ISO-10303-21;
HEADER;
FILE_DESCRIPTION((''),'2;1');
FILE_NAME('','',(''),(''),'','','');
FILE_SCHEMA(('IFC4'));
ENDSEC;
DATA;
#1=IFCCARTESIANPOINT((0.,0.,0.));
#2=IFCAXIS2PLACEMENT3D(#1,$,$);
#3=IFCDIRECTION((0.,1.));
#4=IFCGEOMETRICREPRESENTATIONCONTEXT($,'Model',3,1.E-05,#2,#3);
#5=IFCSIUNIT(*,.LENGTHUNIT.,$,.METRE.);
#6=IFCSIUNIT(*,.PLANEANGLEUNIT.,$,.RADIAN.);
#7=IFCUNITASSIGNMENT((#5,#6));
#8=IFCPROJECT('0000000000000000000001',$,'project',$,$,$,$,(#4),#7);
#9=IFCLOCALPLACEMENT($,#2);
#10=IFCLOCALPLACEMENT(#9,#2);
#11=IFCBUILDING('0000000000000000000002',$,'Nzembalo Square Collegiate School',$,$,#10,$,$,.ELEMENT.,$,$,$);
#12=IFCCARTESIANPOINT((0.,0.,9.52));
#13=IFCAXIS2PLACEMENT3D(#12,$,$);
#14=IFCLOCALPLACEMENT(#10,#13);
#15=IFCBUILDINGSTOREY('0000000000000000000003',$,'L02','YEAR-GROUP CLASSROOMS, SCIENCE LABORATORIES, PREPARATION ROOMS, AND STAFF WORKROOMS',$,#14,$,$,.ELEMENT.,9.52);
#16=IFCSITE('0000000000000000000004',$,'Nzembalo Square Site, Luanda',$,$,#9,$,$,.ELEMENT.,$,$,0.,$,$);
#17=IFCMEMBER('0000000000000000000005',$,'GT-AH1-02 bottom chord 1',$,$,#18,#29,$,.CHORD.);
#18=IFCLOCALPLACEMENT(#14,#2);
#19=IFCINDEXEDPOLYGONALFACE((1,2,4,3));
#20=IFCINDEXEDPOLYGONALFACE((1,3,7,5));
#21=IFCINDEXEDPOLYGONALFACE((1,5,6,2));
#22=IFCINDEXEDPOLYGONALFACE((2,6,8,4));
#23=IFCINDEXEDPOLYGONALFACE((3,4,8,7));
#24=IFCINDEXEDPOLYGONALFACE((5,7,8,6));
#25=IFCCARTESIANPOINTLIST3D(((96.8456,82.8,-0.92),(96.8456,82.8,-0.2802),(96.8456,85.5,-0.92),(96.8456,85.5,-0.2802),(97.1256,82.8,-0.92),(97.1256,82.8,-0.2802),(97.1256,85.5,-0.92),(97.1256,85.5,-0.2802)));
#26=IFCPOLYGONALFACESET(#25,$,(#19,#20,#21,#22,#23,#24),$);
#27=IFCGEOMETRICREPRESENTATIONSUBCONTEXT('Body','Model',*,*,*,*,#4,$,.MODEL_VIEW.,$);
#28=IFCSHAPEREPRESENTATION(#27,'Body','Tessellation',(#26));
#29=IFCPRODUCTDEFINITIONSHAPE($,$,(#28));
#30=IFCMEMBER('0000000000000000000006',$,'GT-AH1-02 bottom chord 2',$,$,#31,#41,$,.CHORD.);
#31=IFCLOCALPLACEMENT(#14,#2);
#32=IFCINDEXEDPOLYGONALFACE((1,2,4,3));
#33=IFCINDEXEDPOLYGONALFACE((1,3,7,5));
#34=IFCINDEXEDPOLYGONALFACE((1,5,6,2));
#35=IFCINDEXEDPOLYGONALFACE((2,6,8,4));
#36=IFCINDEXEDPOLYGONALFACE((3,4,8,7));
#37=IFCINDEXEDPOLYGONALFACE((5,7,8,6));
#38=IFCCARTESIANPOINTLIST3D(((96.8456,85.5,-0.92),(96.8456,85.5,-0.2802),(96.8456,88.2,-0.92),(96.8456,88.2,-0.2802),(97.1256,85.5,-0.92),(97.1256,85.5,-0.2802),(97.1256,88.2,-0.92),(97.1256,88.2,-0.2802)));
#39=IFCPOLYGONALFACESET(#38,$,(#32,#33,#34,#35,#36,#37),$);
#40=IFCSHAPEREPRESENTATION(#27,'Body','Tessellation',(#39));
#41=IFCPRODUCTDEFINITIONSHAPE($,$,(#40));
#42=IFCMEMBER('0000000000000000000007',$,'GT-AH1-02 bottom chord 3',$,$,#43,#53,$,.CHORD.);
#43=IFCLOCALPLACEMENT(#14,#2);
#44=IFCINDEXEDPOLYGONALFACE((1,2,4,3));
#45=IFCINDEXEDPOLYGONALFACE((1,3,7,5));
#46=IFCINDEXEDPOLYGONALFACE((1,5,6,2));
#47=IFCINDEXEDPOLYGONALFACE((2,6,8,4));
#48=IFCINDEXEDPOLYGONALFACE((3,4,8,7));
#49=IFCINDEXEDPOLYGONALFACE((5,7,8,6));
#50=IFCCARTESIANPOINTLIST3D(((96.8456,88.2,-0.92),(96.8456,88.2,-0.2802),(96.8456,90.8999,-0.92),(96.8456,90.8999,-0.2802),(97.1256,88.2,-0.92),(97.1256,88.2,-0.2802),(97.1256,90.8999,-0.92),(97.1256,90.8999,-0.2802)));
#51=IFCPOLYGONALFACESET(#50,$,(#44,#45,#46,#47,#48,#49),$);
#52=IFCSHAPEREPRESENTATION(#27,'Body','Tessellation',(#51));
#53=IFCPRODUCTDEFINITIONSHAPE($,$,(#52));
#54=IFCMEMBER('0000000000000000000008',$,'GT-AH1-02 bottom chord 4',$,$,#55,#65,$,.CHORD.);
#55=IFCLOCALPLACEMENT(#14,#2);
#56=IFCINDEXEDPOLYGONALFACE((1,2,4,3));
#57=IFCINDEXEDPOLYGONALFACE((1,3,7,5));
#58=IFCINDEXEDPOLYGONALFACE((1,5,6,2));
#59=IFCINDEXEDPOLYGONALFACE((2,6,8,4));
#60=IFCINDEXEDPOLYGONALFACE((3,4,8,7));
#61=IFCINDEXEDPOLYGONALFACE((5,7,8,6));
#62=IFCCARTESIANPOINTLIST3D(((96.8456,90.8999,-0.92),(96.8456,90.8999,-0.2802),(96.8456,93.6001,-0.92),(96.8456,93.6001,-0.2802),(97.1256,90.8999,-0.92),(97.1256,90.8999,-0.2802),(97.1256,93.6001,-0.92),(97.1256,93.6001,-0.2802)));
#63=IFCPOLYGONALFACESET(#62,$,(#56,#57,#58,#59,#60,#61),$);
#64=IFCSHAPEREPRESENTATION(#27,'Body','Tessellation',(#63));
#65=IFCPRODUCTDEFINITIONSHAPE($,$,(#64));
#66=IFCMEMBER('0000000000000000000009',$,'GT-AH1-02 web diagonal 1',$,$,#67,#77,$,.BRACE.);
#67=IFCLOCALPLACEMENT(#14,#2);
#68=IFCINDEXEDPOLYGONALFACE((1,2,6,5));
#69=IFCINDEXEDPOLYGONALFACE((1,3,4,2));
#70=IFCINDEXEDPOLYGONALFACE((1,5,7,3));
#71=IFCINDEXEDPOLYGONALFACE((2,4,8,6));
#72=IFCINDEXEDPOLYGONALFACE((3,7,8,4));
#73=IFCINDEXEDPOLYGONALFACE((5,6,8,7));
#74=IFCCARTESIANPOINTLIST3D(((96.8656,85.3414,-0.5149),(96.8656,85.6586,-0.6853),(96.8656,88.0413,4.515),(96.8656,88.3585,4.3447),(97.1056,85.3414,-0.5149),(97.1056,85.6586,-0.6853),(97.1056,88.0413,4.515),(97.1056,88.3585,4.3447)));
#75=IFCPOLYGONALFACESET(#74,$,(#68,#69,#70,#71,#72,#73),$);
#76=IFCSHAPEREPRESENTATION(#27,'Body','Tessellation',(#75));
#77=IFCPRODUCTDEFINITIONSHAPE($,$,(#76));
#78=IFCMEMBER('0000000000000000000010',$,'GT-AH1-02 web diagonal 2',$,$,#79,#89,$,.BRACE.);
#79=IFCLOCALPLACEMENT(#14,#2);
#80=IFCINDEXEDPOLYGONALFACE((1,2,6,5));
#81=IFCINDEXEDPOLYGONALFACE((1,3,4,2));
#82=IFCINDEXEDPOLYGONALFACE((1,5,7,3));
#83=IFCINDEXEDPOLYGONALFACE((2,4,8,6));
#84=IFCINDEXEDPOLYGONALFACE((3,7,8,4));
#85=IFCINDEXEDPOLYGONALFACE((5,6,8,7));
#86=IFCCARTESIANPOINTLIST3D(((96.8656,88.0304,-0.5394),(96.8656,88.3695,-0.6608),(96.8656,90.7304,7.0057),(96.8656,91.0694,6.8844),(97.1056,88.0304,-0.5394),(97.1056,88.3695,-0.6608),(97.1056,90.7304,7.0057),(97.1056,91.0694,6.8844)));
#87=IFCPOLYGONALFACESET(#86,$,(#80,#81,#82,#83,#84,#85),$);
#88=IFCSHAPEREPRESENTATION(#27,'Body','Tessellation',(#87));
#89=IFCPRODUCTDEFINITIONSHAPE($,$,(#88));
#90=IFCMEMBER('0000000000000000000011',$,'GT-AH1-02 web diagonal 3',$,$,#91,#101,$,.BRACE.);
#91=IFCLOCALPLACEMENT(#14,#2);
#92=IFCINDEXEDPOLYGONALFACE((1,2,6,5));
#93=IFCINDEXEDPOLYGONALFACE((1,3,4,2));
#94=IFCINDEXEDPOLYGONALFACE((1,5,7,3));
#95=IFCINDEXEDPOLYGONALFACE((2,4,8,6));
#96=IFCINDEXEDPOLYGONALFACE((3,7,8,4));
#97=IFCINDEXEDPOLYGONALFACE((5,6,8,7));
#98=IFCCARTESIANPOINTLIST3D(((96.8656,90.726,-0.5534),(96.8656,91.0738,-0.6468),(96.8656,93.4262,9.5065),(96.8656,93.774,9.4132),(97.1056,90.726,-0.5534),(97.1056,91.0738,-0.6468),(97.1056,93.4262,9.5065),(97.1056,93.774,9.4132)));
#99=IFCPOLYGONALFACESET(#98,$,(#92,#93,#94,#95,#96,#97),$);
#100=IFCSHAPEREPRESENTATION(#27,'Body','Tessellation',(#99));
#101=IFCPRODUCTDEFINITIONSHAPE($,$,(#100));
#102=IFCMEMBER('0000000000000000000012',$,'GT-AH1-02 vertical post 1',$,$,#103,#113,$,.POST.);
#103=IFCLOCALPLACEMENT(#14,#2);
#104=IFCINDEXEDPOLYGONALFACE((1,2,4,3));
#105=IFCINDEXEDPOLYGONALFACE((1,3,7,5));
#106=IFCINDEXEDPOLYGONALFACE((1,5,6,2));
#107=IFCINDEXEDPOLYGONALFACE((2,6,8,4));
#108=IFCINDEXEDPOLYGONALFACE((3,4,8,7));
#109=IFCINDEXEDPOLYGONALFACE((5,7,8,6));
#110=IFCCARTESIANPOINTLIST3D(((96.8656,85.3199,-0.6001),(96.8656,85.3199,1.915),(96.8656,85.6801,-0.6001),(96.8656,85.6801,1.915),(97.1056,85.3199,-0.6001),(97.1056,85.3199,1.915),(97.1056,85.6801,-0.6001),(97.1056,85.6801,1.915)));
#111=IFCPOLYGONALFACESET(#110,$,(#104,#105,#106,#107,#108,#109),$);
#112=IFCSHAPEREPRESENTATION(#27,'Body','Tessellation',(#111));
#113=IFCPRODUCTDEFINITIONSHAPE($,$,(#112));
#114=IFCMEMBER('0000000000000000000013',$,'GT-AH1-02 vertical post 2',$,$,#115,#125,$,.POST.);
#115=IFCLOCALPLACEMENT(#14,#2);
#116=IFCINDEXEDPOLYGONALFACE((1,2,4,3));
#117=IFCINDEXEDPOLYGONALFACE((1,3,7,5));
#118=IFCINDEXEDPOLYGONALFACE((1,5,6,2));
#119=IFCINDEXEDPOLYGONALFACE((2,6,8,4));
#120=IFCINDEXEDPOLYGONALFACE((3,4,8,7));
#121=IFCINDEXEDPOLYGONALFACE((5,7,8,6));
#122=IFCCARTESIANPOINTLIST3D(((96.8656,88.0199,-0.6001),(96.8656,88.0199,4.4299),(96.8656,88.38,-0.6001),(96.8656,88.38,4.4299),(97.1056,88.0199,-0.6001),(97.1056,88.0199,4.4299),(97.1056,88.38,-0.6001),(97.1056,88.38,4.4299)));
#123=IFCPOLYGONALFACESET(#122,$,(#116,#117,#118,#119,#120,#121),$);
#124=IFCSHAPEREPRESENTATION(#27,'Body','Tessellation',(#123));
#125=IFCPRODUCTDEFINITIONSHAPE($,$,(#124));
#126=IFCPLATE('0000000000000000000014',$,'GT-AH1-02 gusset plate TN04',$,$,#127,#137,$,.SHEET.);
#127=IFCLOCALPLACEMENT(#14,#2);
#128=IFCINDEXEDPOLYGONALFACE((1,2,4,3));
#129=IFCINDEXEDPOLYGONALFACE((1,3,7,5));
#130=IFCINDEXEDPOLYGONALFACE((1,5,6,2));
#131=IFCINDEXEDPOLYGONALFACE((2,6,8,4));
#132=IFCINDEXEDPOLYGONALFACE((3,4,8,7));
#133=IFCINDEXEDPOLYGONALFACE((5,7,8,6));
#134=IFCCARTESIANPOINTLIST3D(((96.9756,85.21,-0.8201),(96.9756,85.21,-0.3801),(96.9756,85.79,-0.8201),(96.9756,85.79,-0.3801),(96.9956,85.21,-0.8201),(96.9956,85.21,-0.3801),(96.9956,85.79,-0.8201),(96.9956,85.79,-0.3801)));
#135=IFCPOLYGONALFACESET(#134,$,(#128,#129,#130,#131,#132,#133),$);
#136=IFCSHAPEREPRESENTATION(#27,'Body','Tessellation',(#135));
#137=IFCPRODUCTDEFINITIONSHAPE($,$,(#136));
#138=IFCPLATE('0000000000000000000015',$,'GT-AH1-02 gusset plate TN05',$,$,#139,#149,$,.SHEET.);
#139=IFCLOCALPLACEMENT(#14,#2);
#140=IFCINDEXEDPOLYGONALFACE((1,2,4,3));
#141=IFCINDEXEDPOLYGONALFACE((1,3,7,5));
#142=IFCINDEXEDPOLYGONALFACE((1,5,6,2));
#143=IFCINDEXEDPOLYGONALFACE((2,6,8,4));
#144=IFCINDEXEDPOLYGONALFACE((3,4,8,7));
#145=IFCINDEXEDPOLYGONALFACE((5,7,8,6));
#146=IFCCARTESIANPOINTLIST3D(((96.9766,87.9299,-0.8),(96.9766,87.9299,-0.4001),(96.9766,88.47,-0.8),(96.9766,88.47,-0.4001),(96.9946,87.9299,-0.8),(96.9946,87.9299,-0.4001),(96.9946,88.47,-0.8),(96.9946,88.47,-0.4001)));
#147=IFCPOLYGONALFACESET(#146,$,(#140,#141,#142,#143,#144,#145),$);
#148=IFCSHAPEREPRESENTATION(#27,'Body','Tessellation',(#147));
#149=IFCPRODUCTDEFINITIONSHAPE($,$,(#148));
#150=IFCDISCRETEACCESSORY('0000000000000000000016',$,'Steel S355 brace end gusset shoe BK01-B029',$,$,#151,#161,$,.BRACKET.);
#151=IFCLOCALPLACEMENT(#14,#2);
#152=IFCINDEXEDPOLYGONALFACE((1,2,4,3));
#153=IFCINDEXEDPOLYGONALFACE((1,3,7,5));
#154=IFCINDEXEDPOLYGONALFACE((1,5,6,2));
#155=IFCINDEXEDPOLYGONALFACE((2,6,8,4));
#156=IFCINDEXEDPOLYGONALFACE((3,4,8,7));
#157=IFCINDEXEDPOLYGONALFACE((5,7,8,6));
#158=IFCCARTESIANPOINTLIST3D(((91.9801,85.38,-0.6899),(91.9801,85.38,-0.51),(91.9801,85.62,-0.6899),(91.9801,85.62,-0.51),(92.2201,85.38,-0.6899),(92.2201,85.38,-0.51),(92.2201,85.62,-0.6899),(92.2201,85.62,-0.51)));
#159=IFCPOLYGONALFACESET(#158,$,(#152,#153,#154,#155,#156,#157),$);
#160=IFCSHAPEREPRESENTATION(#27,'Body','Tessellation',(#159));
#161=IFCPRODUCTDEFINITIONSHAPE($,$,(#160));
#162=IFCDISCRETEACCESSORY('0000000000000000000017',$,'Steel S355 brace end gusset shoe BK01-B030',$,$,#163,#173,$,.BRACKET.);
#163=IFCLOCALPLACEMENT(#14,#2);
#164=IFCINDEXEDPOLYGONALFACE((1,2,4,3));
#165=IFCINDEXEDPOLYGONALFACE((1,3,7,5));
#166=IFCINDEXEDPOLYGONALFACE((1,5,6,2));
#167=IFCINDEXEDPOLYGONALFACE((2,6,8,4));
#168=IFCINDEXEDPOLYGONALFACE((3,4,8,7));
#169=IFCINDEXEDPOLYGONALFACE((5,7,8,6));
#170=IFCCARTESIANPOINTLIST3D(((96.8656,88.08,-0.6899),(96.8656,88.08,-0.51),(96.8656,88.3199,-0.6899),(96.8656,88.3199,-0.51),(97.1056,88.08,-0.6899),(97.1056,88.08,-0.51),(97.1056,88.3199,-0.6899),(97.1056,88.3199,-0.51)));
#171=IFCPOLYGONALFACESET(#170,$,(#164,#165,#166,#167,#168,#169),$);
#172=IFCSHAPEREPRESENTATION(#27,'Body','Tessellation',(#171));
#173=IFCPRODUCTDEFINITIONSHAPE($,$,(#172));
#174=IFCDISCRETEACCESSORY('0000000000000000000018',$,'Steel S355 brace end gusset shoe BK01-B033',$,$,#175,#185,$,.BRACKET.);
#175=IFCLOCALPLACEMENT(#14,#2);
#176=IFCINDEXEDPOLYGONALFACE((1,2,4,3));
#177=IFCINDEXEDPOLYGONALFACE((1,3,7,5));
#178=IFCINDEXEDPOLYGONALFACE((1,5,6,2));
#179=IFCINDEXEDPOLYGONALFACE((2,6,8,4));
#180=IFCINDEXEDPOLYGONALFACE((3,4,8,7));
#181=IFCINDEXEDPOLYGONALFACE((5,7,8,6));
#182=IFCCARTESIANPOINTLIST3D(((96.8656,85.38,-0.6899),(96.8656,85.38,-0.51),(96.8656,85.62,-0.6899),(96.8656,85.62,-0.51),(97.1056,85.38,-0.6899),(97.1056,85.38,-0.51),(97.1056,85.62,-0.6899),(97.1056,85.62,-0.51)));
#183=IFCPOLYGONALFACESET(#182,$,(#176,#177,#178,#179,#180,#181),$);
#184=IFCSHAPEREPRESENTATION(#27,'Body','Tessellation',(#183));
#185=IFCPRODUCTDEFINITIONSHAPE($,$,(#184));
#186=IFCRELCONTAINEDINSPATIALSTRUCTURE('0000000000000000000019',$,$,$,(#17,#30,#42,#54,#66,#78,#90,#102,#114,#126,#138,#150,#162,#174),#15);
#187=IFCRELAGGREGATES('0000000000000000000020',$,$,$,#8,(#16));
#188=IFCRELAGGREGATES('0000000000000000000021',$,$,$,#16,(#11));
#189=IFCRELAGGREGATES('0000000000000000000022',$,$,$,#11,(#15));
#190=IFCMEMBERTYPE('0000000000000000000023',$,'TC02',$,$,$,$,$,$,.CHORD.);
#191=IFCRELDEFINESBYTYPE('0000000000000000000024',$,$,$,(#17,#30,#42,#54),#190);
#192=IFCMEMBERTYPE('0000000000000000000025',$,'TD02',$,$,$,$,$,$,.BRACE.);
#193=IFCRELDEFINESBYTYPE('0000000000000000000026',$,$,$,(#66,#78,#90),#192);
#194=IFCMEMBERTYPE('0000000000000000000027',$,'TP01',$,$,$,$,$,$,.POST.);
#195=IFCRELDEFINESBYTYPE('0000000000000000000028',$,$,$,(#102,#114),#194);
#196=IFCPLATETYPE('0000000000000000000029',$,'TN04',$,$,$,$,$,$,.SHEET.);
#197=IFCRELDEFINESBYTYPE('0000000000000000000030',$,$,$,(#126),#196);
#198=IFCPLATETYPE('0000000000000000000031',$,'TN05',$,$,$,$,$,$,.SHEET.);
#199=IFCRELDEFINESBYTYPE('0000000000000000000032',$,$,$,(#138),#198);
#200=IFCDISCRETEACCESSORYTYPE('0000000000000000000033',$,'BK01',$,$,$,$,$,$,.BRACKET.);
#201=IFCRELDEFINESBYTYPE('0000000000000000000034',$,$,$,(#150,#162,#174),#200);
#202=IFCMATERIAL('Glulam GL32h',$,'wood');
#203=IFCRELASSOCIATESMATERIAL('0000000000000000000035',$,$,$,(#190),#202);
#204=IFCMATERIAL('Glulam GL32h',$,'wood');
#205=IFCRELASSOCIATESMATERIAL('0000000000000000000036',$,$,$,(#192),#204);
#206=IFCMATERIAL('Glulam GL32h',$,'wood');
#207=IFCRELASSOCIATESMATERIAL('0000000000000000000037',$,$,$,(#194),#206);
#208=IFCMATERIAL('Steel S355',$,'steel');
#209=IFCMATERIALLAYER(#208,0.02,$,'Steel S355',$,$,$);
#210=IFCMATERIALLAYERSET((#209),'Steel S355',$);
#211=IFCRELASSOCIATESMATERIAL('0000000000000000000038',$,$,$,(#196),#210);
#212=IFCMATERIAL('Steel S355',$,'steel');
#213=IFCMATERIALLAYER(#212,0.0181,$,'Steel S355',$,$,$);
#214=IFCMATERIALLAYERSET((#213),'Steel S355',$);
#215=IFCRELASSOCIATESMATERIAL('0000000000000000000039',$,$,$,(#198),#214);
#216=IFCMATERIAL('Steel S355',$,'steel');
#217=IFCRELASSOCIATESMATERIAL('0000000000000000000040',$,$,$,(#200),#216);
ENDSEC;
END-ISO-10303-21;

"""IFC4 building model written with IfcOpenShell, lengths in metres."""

from ifc_helpers import new_model, si_unit, direction, frame, origin, origin_2d, place, context, subcontext, project, spatial, rectangle, extrude, material, layer, layer_set, material_profile, profile_set, type_object, element, save


model = new_model("IFC4")

# Units and contexts
model_context = context("Model", 3, precision=1e-05, world=origin(), true_north=direction((0.0, 1.0)))
body_context = subcontext(model_context, "Body", "Model", "MODEL_VIEW")
ifc_project = project(units=[si_unit("LENGTHUNIT", "METRE"), si_unit("PLANEANGLEUNIT", "RADIAN")], contexts=[model_context])

# Site, building, storey
site_placement = place(None, origin())
site = spatial("IfcSite", under=ifc_project, at=site_placement, Name="Nzembalo Square Site, Luanda", CompositionType="ELEMENT", RefElevation=0.0)
building_placement = place(site_placement, origin())
building = spatial("IfcBuilding", under=site, at=building_placement, Name="Nzembalo Square Collegiate School", CompositionType="ELEMENT")
storey_placement = place(building_placement, frame((0.0, 0.0, 9.52)))
storey = spatial("IfcBuildingStorey", under=building, at=storey_placement, Name="L02", Description="YEAR-GROUP CLASSROOMS, SCIENCE LABORATORIES, PREPARATION ROOMS, AND STAFF WORKROOMS", CompositionType="ELEMENT", Elevation=9.52)

# Members
ifc_material_1 = material(Name="Glulam GL32h", Category="wood")
ifc_material_profile_1 = material_profile(ifc_material_1, rectangle(XDim=0.28, YDim=0.6399, at=origin_2d()), Name="GL32h 280x640")
ifc_profile_set_1 = profile_set([ifc_material_profile_1], Name="Glulam GL32h")
member_type_1 = type_object("IfcMemberType", Name="TC02", PredefinedType="CHORD", material=ifc_profile_set_1)
for number, where, z_axis, x_axis, name in (
    (1, (96.9856, 82.8, -0.6001), (0.0, 1.0, 0.0), (-1.0, 0.0, 0.0), "GT-AH1-02 bottom chord 1"),
    (2, (96.9856, 85.5, -0.6001), (0.0, 1.0, 0.0), (-1.0, 0.0, 0.0), "GT-AH1-02 bottom chord 2"),
    (3, (96.9856, 88.2, -0.6001), (0.0, 1.0, 0.0), (-1.0, 0.0, 0.0), "GT-AH1-02 bottom chord 3"),
):
    element("IfcMember", number, at=place(storey_placement, frame(where, z_axis=z_axis, x_axis=x_axis)), inside=storey, type_object=member_type_1, Name=name, PredefinedType="CHORD", context=body_context, shape_type="SweptSolid", body=[
        extrude(rectangle(XDim=0.28, YDim=0.6399, at=origin_2d()), origin(), (0.0, 0.0, 1.0), 2.7),
    ])
member_1_placement = place(storey_placement, frame((96.9856, 90.8999, -0.6001), z_axis=(0.0, 1.0, 0.0), x_axis=(-1.0, 0.0, 0.0)))
element("IfcMember", 4, at=member_1_placement, inside=storey, type_object=member_type_1, Name="GT-AH1-02 bottom chord 4", PredefinedType="CHORD", context=body_context, shape_type="SweptSolid", body=[
    extrude(rectangle(XDim=0.28, YDim=0.6399, at=origin_2d()), origin(), (0.0, 0.0, 1.0), 2.7002),
])
ifc_material_2 = material(Name="Glulam GL32h", Category="wood")
ifc_material_profile_2 = material_profile(ifc_material_2, rectangle(XDim=0.24, YDim=0.3601, at=origin_2d()), Name="GL32h 240x360")
ifc_profile_set_2 = profile_set([ifc_material_profile_2], Name="Glulam GL32h")
member_type_2 = type_object("IfcMemberType", Name="TD02", PredefinedType="BRACE", material=ifc_profile_set_2)
member_2_placement = place(storey_placement, frame((96.9856, 85.5, -0.6001), z_axis=(0.0, 0.472942, 0.881094), x_axis=(-1.0, 0.0, 0.0)))
element("IfcMember", 5, at=member_2_placement, inside=storey, type_object=member_type_2, Name="GT-AH1-02 web diagonal 1", PredefinedType="BRACE", context=body_context, shape_type="SweptSolid", body=[
    extrude(rectangle(XDim=0.24, YDim=0.3601, at=origin_2d()), origin(), (0.0, 0.0, 1.0), 5.7087),
])
member_3_placement = place(storey_placement, frame((96.9856, 88.2, -0.6001), z_axis=(0.0, 0.336917, 0.941534), x_axis=(-1.0, 0.0, 0.0)))
element("IfcMember", 6, at=member_3_placement, inside=storey, type_object=member_type_2, Name="GT-AH1-02 web diagonal 2", PredefinedType="BRACE", context=body_context, shape_type="SweptSolid", body=[
    extrude(rectangle(XDim=0.24, YDim=0.3601, at=origin_2d()), origin(), (0.0, 0.0, 1.0), 8.0137),
])
member_4_placement = place(storey_placement, frame((96.9856, 90.8999, -0.6001), z_axis=(0.0, 0.259232, 0.965815), x_axis=(-1.0, 0.0, 0.0)))
element("IfcMember", 7, at=member_4_placement, inside=storey, type_object=member_type_2, Name="GT-AH1-02 web diagonal 3", PredefinedType="BRACE", context=body_context, shape_type="SweptSolid", body=[
    extrude(rectangle(XDim=0.24, YDim=0.3601, at=origin_2d()), origin(), (0.0, 0.0, 1.0), 10.416),
])
ifc_material_3 = material(Name="Glulam GL32h", Category="wood")
ifc_material_profile_3 = material_profile(ifc_material_3, rectangle(XDim=0.24, YDim=0.3601, at=origin_2d()), Name="GL32h 240x360")
ifc_profile_set_3 = profile_set([ifc_material_profile_3], Name="Glulam GL32h")
member_type_3 = type_object("IfcMemberType", Name="TP01", PredefinedType="POST", material=ifc_profile_set_3)
member_5_placement = place(storey_placement, frame((96.9856, 85.5, -0.6001), z_axis=(0.0, 0.0, 1.0), x_axis=(1.0, 0.0, 0.0)))
element("IfcMember", 8, at=member_5_placement, inside=storey, type_object=member_type_3, Name="GT-AH1-02 vertical post 1", PredefinedType="POST", context=body_context, shape_type="SweptSolid", body=[
    extrude(rectangle(XDim=0.24, YDim=0.3601, at=origin_2d()), origin(), (0.0, 0.0, 1.0), 2.5151),
])
member_6_placement = place(storey_placement, frame((96.9856, 88.2, -0.6001), z_axis=(0.0, 0.0, 1.0), x_axis=(1.0, 0.0, 0.0)))
element("IfcMember", 9, at=member_6_placement, inside=storey, type_object=member_type_3, Name="GT-AH1-02 vertical post 2", PredefinedType="POST", context=body_context, shape_type="SweptSolid", body=[
    extrude(rectangle(XDim=0.24, YDim=0.3601, at=origin_2d()), origin(), (0.0, 0.0, 1.0), 5.03),
])

# Plates
ifc_material_4 = material(Name="Steel S355", Category="steel")
ifc_layer_1 = layer(ifc_material_4, 0.02, Name="Steel S355")
ifc_layer_set_1 = layer_set([ifc_layer_1], Name="Steel S355")
plate_type_1 = type_object("IfcPlateType", Name="TN04", PredefinedType="SHEET", material=ifc_layer_set_1)
plate_1_placement = place(storey_placement, frame((96.9856, 85.5, -0.8201), z_axis=(0.0, 0.0, 1.0), x_axis=(0.0, 1.0, 0.0)))
element("IfcPlate", 10, at=plate_1_placement, inside=storey, type_object=plate_type_1, Name="GT-AH1-02 gusset plate TN04", PredefinedType="SHEET", context=body_context, shape_type="SweptSolid", body=[
    extrude(rectangle(XDim=0.5801, YDim=0.02, at=origin_2d()), origin(), (0.0, 0.0, 1.0), 0.4399),
])
ifc_material_5 = material(Name="Steel S355", Category="steel")
ifc_layer_2 = layer(ifc_material_5, 0.0181, Name="Steel S355")
ifc_layer_set_2 = layer_set([ifc_layer_2], Name="Steel S355")
plate_type_2 = type_object("IfcPlateType", Name="TN05", PredefinedType="SHEET", material=ifc_layer_set_2)
plate_2_placement = place(storey_placement, frame((96.9856, 88.2, -0.8), z_axis=(0.0, 0.0, 1.0), x_axis=(0.0, 1.0, 0.0)))
element("IfcPlate", 11, at=plate_2_placement, inside=storey, type_object=plate_type_2, Name="GT-AH1-02 gusset plate TN05", PredefinedType="SHEET", context=body_context, shape_type="SweptSolid", body=[
    extrude(rectangle(XDim=0.54, YDim=0.0181, at=origin_2d()), origin(), (0.0, 0.0, 1.0), 0.3999),
])

# Discrete accessories
ifc_material_6 = material(Name="Steel S355", Category="steel")
discrete_accessory_type = type_object("IfcDiscreteAccessoryType", Name="BK01", PredefinedType="BRACKET", material=ifc_material_6)
for number, where, z_axis, x_axis, name in (
    (12, (92.1001, 85.5, -0.6899), (0.0, 0.0, 1.0), (1.0, 0.0, 0.0), "Steel S355 brace end gusset shoe BK01-B029"),
    (13, (96.9856, 88.2, -0.6899), (0.0, 0.0, 1.0), (1.0, 0.0, 0.0), "Steel S355 brace end gusset shoe BK01-B030"),
    (14, (96.9856, 85.5, -0.6899), (0.0, 0.0, 1.0), (1.0, 0.0, 0.0), "Steel S355 brace end gusset shoe BK01-B033"),
):
    element("IfcDiscreteAccessory", number, at=place(storey_placement, frame(where, z_axis=z_axis, x_axis=x_axis)), inside=storey, type_object=discrete_accessory_type, Name=name, PredefinedType="BRACKET", context=body_context, shape_type="SweptSolid", body=[
        extrude(rectangle(XDim=0.24, YDim=0.24, at=origin_2d()), origin(), (0.0, 0.0, 1.0), 0.1799),
    ])

save(model, "model.ifc")
